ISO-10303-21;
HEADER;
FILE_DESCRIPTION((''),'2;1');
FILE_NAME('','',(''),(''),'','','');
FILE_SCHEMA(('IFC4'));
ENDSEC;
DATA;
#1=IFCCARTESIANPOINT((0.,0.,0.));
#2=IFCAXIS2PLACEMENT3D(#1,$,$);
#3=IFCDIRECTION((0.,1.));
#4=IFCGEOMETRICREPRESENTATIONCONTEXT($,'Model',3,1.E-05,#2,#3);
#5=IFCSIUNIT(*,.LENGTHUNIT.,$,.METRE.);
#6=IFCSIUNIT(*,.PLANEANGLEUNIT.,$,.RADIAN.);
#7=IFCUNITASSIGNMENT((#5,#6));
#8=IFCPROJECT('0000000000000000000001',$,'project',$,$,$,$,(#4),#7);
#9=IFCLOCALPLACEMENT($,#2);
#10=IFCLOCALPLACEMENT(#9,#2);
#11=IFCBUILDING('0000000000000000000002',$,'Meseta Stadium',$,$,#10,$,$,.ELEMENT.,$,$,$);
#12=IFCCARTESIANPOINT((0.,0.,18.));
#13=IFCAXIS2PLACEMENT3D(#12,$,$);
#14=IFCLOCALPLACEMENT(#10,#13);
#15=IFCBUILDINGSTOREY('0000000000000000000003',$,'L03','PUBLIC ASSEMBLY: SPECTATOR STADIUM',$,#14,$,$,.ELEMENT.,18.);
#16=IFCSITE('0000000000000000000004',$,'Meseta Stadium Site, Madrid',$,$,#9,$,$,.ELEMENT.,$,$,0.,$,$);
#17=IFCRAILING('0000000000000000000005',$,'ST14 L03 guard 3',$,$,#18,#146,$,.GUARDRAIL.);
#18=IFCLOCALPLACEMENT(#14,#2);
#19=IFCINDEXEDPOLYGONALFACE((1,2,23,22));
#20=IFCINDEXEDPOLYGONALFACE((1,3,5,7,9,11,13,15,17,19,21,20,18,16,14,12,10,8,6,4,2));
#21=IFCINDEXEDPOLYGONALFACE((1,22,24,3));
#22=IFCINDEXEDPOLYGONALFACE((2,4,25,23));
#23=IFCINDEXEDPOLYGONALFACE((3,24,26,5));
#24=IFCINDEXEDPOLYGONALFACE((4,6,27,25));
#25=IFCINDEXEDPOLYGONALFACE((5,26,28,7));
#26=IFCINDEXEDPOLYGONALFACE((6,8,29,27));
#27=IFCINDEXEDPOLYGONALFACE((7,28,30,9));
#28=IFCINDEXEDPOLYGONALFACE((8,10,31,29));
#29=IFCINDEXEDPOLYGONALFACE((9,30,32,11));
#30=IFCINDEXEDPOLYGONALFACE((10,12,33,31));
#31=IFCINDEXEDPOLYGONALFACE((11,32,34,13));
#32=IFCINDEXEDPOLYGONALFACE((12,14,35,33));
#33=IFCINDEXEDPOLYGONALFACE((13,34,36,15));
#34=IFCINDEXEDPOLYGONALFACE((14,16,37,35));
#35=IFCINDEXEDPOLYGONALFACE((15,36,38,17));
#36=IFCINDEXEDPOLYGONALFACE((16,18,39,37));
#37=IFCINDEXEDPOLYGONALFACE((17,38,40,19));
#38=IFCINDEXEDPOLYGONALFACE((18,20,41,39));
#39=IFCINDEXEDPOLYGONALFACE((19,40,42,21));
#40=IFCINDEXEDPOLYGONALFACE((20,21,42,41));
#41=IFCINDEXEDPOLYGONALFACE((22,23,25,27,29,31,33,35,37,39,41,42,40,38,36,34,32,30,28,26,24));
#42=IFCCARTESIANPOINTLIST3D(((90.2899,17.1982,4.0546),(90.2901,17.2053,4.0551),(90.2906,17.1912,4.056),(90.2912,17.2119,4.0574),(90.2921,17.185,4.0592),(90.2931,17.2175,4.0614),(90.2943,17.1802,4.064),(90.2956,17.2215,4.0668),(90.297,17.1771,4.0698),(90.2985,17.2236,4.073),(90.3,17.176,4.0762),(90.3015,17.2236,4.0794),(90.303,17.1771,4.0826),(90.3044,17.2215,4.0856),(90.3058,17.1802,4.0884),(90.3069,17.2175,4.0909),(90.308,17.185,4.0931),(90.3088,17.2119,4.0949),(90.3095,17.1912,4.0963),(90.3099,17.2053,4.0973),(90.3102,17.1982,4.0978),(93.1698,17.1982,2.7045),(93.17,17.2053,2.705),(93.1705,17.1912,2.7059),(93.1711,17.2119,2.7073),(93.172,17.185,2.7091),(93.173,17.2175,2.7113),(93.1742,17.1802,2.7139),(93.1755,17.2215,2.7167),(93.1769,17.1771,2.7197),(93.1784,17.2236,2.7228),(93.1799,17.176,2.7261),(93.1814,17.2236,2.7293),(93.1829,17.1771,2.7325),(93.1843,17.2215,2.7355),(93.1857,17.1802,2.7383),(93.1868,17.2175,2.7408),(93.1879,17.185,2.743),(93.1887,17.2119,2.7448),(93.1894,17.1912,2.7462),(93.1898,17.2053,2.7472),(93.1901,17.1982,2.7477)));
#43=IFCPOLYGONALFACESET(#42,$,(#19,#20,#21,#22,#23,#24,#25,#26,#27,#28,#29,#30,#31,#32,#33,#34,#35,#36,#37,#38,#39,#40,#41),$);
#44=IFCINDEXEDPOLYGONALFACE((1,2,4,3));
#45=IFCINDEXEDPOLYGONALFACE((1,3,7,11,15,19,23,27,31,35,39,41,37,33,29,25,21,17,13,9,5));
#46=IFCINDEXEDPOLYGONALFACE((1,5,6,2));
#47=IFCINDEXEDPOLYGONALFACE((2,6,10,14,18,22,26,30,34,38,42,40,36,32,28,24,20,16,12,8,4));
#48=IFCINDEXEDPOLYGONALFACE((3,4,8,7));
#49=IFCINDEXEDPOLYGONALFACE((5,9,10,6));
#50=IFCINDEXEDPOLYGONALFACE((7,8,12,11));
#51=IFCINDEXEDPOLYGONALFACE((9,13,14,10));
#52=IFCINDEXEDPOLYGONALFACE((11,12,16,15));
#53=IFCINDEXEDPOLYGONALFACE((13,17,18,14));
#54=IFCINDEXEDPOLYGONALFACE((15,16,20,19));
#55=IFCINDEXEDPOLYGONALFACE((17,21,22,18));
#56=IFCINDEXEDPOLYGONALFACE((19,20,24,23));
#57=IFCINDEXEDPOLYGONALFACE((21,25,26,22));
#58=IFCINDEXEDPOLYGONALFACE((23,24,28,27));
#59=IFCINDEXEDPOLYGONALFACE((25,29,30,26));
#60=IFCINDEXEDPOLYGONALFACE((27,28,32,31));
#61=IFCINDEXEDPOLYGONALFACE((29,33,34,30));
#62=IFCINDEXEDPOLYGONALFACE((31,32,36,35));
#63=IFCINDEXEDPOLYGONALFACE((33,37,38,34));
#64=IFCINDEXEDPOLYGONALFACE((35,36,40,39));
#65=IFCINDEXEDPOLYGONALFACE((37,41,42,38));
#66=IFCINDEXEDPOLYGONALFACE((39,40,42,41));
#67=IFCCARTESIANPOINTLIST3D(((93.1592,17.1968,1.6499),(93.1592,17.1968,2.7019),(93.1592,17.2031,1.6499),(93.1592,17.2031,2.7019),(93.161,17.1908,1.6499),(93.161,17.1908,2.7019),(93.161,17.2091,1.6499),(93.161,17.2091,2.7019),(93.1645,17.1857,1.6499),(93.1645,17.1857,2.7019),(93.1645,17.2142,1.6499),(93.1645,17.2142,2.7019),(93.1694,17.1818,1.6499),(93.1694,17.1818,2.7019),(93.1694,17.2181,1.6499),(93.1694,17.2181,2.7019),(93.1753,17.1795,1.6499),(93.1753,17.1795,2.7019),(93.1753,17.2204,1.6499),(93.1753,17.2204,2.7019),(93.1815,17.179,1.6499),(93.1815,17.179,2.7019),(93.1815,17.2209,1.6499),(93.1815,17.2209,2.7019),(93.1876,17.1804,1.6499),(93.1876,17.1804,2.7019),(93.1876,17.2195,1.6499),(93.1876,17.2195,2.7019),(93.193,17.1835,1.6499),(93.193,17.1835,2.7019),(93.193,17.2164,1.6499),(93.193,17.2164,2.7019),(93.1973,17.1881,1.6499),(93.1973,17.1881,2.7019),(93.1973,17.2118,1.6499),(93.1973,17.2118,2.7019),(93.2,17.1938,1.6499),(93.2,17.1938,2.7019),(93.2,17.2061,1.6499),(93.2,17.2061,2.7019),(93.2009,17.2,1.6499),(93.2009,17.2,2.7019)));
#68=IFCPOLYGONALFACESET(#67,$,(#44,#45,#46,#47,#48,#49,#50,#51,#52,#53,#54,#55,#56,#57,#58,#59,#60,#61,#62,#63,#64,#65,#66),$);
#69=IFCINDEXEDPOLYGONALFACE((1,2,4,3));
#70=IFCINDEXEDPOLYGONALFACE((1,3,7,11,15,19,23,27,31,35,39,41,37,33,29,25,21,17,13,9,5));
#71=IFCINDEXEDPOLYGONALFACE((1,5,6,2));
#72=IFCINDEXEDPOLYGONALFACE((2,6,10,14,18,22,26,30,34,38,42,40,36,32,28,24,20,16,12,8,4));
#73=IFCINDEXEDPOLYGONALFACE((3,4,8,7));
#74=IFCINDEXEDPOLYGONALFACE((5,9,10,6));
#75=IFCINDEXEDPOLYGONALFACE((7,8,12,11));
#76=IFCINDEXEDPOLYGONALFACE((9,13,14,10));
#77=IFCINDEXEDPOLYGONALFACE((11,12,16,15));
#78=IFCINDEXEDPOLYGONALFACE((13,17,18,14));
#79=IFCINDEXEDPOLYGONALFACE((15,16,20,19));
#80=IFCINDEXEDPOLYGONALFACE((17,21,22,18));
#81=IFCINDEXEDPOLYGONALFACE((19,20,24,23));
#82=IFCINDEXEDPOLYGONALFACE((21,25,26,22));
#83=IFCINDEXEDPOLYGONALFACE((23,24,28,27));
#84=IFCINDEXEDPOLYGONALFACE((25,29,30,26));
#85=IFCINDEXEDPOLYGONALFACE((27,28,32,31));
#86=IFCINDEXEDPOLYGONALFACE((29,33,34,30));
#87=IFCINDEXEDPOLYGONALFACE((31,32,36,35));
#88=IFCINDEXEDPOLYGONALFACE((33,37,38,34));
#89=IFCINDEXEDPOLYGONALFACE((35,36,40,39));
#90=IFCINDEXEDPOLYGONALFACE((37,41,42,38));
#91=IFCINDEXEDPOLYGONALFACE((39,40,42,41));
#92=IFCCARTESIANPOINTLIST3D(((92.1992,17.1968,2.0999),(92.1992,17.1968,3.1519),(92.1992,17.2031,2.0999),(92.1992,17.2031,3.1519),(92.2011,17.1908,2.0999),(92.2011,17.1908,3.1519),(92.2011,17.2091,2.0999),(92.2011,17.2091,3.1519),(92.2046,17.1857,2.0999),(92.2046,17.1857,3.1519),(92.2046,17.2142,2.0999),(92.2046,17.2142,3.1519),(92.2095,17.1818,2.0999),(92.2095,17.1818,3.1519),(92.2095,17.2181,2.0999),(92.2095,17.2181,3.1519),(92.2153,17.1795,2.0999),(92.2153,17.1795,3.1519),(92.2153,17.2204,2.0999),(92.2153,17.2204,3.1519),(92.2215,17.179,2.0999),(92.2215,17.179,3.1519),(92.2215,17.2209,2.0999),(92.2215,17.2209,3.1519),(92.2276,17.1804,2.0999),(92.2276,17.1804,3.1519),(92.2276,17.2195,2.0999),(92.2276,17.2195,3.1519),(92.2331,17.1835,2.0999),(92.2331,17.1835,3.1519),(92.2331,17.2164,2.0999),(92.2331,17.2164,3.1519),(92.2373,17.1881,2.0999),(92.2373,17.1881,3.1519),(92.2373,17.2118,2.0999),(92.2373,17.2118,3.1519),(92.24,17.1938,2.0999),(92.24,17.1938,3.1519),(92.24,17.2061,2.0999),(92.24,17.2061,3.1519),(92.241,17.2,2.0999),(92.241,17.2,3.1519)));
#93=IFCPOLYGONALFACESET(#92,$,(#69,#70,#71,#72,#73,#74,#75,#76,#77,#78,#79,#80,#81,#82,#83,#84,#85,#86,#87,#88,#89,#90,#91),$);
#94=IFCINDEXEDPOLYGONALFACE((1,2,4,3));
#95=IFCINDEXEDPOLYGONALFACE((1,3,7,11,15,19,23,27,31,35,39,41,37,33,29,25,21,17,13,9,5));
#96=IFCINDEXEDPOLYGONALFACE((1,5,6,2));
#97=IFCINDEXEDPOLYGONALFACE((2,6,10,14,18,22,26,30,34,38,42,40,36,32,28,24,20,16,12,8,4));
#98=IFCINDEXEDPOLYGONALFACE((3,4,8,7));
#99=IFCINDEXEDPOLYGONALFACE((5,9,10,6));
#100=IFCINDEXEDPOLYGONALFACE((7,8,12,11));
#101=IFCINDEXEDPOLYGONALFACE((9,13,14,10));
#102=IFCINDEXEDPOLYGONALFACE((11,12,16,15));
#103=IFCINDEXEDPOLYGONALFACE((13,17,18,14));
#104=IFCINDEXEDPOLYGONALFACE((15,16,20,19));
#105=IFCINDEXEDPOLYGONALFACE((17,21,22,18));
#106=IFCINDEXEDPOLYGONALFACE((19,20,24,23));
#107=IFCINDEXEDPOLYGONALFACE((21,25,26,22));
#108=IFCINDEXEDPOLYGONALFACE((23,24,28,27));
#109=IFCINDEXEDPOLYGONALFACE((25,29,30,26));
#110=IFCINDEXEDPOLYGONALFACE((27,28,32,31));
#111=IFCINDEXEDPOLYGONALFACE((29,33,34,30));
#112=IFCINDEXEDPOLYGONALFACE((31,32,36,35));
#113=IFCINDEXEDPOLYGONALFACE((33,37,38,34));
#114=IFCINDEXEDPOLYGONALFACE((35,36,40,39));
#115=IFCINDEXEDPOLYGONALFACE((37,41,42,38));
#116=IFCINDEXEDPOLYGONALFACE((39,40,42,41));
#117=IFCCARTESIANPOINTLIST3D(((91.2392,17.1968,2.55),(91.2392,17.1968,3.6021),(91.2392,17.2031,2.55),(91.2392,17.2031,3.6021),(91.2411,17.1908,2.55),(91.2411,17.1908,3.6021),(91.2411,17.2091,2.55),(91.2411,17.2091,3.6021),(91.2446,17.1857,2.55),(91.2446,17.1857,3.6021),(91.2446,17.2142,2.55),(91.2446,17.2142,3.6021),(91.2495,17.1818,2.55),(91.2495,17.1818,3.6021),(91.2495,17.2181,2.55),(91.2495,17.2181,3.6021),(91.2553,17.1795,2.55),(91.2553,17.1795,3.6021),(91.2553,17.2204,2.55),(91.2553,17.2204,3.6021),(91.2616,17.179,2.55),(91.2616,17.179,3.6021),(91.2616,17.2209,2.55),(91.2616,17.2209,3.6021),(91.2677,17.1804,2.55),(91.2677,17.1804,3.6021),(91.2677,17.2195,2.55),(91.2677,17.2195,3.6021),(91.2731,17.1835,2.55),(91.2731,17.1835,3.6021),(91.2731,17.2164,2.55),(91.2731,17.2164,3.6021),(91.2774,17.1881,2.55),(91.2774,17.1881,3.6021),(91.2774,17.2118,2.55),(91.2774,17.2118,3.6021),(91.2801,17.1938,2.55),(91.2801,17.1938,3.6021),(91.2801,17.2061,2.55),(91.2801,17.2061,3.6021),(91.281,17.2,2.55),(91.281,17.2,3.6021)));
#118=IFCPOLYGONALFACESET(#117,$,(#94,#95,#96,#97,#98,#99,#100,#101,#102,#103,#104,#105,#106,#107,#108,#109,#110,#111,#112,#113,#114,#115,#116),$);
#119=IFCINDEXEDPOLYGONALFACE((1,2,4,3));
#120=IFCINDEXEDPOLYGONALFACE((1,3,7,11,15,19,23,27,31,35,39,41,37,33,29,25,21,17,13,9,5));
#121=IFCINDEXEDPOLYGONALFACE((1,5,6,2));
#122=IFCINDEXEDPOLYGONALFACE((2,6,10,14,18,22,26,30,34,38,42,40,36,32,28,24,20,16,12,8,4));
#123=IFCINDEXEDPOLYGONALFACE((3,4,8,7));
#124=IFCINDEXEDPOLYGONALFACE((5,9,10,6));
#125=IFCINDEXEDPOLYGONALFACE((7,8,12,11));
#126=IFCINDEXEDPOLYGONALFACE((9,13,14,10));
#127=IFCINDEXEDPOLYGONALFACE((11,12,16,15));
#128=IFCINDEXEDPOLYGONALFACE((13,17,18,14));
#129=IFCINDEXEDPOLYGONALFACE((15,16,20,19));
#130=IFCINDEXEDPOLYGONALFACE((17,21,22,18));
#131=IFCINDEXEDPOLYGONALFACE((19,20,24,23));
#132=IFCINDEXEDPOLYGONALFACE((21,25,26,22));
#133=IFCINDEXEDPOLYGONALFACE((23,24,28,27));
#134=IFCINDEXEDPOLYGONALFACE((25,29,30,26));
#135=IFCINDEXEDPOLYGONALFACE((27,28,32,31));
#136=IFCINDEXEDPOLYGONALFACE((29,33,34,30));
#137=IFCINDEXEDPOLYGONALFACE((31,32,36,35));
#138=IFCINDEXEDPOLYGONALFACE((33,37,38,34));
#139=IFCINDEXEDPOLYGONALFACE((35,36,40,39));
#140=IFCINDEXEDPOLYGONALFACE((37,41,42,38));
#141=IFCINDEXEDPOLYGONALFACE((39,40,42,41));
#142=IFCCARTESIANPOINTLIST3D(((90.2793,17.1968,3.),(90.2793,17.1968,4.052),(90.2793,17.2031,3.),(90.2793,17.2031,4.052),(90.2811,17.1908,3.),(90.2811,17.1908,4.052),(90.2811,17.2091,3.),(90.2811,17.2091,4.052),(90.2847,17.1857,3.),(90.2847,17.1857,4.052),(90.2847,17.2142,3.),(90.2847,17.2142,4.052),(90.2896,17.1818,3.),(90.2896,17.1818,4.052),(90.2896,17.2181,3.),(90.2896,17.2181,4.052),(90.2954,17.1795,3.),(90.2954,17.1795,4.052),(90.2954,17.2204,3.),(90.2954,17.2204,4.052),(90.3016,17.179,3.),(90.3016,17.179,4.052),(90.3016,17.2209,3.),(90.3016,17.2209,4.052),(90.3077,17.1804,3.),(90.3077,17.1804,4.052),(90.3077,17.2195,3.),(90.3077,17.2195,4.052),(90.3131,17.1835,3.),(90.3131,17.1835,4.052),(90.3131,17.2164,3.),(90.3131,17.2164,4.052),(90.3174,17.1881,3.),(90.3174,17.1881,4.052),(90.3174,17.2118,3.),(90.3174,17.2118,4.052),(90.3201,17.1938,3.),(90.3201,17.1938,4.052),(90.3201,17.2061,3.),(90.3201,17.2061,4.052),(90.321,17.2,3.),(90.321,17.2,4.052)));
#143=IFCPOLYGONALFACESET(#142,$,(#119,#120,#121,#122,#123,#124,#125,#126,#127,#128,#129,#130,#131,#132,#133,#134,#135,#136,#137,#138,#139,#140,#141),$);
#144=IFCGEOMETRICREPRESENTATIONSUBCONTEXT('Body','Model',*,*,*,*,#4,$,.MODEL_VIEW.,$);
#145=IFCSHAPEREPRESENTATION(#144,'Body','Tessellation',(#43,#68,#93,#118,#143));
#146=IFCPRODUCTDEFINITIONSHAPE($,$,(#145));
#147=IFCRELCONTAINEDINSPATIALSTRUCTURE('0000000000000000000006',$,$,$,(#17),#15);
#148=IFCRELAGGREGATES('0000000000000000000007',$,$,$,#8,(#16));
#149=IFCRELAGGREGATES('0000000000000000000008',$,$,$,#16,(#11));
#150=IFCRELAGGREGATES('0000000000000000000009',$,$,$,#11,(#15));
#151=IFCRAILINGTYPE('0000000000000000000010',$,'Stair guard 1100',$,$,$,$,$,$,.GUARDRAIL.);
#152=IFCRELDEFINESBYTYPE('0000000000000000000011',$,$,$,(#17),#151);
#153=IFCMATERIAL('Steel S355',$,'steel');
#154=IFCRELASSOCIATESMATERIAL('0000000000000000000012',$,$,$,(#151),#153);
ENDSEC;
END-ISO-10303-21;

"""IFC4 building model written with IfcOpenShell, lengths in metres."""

from ifc_helpers import new_model, si_unit, direction, frame, origin, origin_2d, place, context, subcontext, project, spatial, circle, extrude, material, type_object, element, save


model = new_model("IFC4")

# Units and contexts
model_context = context("Model", 3, precision=1e-05, world=origin(), true_north=direction((0.0, 1.0)))
body_context = subcontext(model_context, "Body", "Model", "MODEL_VIEW")
ifc_project = project(units=[si_unit("LENGTHUNIT", "METRE"), si_unit("PLANEANGLEUNIT", "RADIAN")], contexts=[model_context])

# Site, building, storey
site_placement = place(None, origin())
site = spatial("IfcSite", under=ifc_project, at=site_placement, Name="Meseta Stadium Site, Madrid", CompositionType="ELEMENT", RefElevation=0.0)
building_placement = place(site_placement, origin())
building = spatial("IfcBuilding", under=site, at=building_placement, Name="Meseta Stadium", CompositionType="ELEMENT")
storey_placement = place(building_placement, frame((0.0, 0.0, 18.0)))
storey = spatial("IfcBuildingStorey", under=building, at=storey_placement, Name="L03", Description="PUBLIC ASSEMBLY: SPECTATOR STADIUM", CompositionType="ELEMENT", Elevation=18.0)

# Railing
ifc_material_1 = material(Name="Steel S355", Category="steel")
railing_type_1 = type_object("IfcRailingType", Name="Stair guard 1100", PredefinedType="GUARDRAIL", material=ifc_material_1)
railing_1_placement = place(storey_placement, frame((93.1799, 17.2, 1.6499)))
element("IfcRailing", 1, at=railing_1_placement, inside=storey, type_object=railing_type_1, Name="ST14 L03 guard 3", PredefinedType="GUARDRAIL", context=body_context, shape_type="SweptSolid", body=[
    extrude(circle(Radius=0.0239, at=origin_2d()), frame((0.0, 0.0, 1.0762), z_axis=(-0.90544, 0.0, 0.424473), x_axis=(0.0, -1.0, 0.0)), (0.0, 0.0, 1.0), 3.1807),
    extrude(circle(Radius=0.021, at=origin_2d()), origin(), (0.0, 0.0, 1.0), 1.052),
    extrude(circle(Radius=0.021, at=origin_2d()), frame((-0.96, 0.0, 0.45)), (0.0, 0.0, 1.0), 1.052),
    extrude(circle(Radius=0.021, at=origin_2d()), frame((-1.9199, 0.0, 0.9001)), (0.0, 0.0, 1.0), 1.052),
    extrude(circle(Radius=0.021, at=origin_2d()), frame((-2.8799, 0.0, 1.3501)), (0.0, 0.0, 1.0), 1.052),
])

save(model, "model.ifc")
